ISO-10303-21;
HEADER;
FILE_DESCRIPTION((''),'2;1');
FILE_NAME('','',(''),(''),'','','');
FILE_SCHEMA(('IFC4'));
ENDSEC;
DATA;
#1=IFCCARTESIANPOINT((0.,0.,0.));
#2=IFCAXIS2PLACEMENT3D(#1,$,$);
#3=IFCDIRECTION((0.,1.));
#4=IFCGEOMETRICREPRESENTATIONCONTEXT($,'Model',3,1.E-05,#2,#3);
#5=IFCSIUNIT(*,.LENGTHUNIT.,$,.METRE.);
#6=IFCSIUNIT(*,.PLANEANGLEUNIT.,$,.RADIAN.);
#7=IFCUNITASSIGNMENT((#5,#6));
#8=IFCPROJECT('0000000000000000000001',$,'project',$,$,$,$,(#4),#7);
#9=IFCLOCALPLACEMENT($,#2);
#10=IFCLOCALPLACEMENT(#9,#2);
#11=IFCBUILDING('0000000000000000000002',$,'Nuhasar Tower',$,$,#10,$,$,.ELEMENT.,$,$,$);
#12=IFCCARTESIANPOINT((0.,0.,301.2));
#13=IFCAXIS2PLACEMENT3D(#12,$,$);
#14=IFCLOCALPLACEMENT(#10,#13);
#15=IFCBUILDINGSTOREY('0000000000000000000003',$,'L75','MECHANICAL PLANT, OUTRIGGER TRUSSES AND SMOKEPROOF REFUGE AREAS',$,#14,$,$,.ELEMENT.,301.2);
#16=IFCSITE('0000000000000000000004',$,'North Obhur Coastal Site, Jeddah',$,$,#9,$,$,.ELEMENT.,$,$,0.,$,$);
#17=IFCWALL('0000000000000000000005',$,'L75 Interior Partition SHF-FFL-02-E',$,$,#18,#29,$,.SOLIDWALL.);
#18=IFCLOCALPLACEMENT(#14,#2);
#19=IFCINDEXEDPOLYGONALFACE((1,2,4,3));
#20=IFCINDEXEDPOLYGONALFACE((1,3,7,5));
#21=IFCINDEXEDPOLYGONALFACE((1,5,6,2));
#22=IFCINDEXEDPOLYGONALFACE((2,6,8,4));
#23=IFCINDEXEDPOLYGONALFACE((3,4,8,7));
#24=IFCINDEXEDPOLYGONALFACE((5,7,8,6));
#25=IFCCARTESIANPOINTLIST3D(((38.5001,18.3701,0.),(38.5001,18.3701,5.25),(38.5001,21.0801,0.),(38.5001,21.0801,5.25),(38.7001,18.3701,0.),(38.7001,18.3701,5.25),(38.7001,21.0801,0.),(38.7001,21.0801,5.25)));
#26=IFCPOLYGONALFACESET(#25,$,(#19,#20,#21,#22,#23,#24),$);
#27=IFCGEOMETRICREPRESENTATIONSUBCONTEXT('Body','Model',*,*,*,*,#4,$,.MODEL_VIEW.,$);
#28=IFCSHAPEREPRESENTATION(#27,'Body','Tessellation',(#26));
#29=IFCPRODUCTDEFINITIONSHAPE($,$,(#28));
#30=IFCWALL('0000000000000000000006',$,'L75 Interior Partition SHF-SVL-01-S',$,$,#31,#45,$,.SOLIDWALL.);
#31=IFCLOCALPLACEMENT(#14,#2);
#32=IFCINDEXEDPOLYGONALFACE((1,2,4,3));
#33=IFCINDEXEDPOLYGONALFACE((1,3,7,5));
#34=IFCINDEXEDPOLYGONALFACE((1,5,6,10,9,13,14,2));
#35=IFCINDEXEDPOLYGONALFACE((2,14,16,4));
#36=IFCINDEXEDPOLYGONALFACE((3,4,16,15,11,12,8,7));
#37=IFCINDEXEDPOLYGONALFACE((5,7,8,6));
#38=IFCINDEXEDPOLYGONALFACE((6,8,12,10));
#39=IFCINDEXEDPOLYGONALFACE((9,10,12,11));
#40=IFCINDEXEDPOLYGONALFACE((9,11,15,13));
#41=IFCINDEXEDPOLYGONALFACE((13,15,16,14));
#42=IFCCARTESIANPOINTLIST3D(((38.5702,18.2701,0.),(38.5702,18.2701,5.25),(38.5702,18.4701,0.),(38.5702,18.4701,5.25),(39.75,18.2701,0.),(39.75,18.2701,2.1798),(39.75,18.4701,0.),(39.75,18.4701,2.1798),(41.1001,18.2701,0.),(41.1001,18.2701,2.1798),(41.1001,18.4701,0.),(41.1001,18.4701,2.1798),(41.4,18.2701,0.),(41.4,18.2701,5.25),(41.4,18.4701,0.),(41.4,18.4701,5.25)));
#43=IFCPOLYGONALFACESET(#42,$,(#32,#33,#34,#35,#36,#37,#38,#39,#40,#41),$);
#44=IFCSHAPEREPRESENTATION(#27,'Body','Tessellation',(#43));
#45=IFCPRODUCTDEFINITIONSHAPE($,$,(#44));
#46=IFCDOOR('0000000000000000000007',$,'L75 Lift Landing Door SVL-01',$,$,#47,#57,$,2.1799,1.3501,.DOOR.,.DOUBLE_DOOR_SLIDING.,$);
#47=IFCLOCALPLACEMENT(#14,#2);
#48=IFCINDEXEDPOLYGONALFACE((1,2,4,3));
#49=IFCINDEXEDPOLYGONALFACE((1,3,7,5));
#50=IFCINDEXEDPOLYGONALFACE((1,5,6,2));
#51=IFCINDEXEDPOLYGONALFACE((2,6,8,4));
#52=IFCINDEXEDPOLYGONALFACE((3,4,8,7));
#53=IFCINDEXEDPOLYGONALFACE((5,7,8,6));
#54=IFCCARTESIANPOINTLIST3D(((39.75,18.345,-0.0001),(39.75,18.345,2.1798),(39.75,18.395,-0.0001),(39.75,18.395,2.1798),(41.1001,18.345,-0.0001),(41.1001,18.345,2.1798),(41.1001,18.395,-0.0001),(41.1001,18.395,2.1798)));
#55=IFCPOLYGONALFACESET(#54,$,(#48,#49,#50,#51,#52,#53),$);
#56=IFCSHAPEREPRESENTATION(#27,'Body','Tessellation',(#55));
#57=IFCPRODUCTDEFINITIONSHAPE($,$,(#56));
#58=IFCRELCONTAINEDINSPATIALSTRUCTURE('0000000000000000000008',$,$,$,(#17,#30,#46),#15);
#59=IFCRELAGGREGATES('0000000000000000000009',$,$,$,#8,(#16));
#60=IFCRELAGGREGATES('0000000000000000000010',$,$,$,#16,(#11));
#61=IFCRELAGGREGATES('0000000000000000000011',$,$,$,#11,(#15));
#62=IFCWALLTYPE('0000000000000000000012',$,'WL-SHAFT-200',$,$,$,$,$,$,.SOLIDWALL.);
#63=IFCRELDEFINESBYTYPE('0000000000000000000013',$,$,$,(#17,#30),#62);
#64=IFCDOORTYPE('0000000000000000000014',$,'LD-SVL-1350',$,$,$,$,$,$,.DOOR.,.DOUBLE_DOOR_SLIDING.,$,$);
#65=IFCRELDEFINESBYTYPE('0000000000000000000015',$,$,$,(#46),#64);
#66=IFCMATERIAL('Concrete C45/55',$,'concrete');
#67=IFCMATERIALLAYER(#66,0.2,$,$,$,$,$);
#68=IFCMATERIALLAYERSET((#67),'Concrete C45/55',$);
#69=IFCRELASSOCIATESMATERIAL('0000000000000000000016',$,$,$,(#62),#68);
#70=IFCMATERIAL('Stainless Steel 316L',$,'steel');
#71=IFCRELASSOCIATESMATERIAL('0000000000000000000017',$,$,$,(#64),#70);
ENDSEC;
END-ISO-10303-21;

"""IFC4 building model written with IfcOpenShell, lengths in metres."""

from ifc_helpers import new_model, si_unit, direction, frame, frame_2d, origin, place, context, subcontext, project, spatial, rectangle, extrude, material, layer, layer_set, type_object, element, fill, save


model = new_model("IFC4")

# Units and contexts
model_context = context("Model", 3, precision=1e-05, world=origin(), true_north=direction((0.0, 1.0)))
body_context = subcontext(model_context, "Body", "Model", "MODEL_VIEW")
ifc_project = project(units=[si_unit("LENGTHUNIT", "METRE"), si_unit("PLANEANGLEUNIT", "RADIAN")], contexts=[model_context])

# Site, building, storey
site_placement = place(None, origin())
site = spatial("IfcSite", under=ifc_project, at=site_placement, Name="North Obhur Coastal Site, Jeddah", CompositionType="ELEMENT", RefElevation=0.0)
building_placement = place(site_placement, origin())
building = spatial("IfcBuilding", under=site, at=building_placement, Name="Nuhasar Tower", CompositionType="ELEMENT")
storey_placement = place(building_placement, frame((0.0, 0.0, 301.2)))
storey = spatial("IfcBuildingStorey", under=building, at=storey_placement, Name="L75", Description="MECHANICAL PLANT, OUTRIGGER TRUSSES AND SMOKEPROOF REFUGE AREAS", CompositionType="ELEMENT", Elevation=301.2)

# Shared definitions
ifc_material_1 = material(Name="Concrete C45/55", Category="concrete")
ifc_layer_1 = layer(ifc_material_1, 0.2)
ifc_layer_set_1 = layer_set([ifc_layer_1], Name="Concrete C45/55")
wall_type_1 = type_object("IfcWallType", Name="WL-SHAFT-200", PredefinedType="SOLIDWALL", material=ifc_layer_set_1)
ifc_material_2 = material(Name="Stainless Steel 316L", Category="steel")

# Wall
wall_1_placement = place(storey_placement, frame((38.6001, 18.3701, 0.0), z_axis=(0.0, 0.0, 1.0), x_axis=(0.0, 1.0, 0.0)))
element("IfcWall", 1, at=wall_1_placement, inside=storey, type_object=wall_type_1, Name="L75 Interior Partition SHF-FFL-02-E", PredefinedType="SOLIDWALL", context=body_context, shape_type="SweptSolid", body=[
    extrude(rectangle(XDim=2.71, YDim=0.2, at=frame_2d((1.355, 0.0))), origin(), (0.0, 0.0, 1.0), 5.25),
])

# Wall, opening, door
wall_2_placement = place(storey_placement, frame((38.5701, 18.3701, 0.0), z_axis=(0.0, 0.0, 1.0), x_axis=(1.0, 0.0, 0.0)))
wall_2 = element("IfcWall", 2, at=wall_2_placement, inside=storey, type_object=wall_type_1, Name="L75 Interior Partition SHF-SVL-01-S", PredefinedType="SOLIDWALL", context=body_context, shape_type="SweptSolid", body=[
    extrude(rectangle(XDim=2.8298, YDim=0.2, at=frame_2d((1.415, 0.0))), origin(), (0.0, 0.0, 1.0), 5.25),
])
opening_1_placement = place(wall_2_placement, frame((1.1799, 0.0, 0.0)))
opening_1 = element("IfcOpeningElement", 3, at=opening_1_placement, cuts=wall_2, PredefinedType="OPENING", context=body_context, shape_type="SweptSolid", body=[
    extrude(rectangle(XDim=1.3501, YDim=2.1799, at=frame_2d((0.675, 1.0898))), frame((0.0, 0.1099, 0.0), z_axis=(0.0, -1.0, 0.0), x_axis=(1.0, 0.0, 0.0)), (0.0, 0.0, 1.0), 0.22),
])
door_type_1 = type_object("IfcDoorType", Name="LD-SVL-1350", OperationType="DOUBLE_DOOR_SLIDING", PredefinedType="DOOR", material=ifc_material_2)
door_1_placement = place(opening_1_placement, origin())
door_1 = element("IfcDoor", 4, at=door_1_placement, inside=storey, type_object=door_type_1, Name="L75 Lift Landing Door SVL-01", OperationType="DOUBLE_DOOR_SLIDING", OverallHeight=2.1799, OverallWidth=1.3501, PredefinedType="DOOR", context=body_context, shape_type="SweptSolid", body=[
    extrude(rectangle(XDim=1.3501, YDim=2.1799, at=frame_2d((0.675, 1.0898))), frame((0.0, 0.0249, 0.0), z_axis=(0.0, -1.0, 0.0), x_axis=(1.0, 0.0, 0.0)), (0.0, 0.0, 1.0), 0.05),
])
fill(opening_1, door_1)

save(model, "model.ifc")
